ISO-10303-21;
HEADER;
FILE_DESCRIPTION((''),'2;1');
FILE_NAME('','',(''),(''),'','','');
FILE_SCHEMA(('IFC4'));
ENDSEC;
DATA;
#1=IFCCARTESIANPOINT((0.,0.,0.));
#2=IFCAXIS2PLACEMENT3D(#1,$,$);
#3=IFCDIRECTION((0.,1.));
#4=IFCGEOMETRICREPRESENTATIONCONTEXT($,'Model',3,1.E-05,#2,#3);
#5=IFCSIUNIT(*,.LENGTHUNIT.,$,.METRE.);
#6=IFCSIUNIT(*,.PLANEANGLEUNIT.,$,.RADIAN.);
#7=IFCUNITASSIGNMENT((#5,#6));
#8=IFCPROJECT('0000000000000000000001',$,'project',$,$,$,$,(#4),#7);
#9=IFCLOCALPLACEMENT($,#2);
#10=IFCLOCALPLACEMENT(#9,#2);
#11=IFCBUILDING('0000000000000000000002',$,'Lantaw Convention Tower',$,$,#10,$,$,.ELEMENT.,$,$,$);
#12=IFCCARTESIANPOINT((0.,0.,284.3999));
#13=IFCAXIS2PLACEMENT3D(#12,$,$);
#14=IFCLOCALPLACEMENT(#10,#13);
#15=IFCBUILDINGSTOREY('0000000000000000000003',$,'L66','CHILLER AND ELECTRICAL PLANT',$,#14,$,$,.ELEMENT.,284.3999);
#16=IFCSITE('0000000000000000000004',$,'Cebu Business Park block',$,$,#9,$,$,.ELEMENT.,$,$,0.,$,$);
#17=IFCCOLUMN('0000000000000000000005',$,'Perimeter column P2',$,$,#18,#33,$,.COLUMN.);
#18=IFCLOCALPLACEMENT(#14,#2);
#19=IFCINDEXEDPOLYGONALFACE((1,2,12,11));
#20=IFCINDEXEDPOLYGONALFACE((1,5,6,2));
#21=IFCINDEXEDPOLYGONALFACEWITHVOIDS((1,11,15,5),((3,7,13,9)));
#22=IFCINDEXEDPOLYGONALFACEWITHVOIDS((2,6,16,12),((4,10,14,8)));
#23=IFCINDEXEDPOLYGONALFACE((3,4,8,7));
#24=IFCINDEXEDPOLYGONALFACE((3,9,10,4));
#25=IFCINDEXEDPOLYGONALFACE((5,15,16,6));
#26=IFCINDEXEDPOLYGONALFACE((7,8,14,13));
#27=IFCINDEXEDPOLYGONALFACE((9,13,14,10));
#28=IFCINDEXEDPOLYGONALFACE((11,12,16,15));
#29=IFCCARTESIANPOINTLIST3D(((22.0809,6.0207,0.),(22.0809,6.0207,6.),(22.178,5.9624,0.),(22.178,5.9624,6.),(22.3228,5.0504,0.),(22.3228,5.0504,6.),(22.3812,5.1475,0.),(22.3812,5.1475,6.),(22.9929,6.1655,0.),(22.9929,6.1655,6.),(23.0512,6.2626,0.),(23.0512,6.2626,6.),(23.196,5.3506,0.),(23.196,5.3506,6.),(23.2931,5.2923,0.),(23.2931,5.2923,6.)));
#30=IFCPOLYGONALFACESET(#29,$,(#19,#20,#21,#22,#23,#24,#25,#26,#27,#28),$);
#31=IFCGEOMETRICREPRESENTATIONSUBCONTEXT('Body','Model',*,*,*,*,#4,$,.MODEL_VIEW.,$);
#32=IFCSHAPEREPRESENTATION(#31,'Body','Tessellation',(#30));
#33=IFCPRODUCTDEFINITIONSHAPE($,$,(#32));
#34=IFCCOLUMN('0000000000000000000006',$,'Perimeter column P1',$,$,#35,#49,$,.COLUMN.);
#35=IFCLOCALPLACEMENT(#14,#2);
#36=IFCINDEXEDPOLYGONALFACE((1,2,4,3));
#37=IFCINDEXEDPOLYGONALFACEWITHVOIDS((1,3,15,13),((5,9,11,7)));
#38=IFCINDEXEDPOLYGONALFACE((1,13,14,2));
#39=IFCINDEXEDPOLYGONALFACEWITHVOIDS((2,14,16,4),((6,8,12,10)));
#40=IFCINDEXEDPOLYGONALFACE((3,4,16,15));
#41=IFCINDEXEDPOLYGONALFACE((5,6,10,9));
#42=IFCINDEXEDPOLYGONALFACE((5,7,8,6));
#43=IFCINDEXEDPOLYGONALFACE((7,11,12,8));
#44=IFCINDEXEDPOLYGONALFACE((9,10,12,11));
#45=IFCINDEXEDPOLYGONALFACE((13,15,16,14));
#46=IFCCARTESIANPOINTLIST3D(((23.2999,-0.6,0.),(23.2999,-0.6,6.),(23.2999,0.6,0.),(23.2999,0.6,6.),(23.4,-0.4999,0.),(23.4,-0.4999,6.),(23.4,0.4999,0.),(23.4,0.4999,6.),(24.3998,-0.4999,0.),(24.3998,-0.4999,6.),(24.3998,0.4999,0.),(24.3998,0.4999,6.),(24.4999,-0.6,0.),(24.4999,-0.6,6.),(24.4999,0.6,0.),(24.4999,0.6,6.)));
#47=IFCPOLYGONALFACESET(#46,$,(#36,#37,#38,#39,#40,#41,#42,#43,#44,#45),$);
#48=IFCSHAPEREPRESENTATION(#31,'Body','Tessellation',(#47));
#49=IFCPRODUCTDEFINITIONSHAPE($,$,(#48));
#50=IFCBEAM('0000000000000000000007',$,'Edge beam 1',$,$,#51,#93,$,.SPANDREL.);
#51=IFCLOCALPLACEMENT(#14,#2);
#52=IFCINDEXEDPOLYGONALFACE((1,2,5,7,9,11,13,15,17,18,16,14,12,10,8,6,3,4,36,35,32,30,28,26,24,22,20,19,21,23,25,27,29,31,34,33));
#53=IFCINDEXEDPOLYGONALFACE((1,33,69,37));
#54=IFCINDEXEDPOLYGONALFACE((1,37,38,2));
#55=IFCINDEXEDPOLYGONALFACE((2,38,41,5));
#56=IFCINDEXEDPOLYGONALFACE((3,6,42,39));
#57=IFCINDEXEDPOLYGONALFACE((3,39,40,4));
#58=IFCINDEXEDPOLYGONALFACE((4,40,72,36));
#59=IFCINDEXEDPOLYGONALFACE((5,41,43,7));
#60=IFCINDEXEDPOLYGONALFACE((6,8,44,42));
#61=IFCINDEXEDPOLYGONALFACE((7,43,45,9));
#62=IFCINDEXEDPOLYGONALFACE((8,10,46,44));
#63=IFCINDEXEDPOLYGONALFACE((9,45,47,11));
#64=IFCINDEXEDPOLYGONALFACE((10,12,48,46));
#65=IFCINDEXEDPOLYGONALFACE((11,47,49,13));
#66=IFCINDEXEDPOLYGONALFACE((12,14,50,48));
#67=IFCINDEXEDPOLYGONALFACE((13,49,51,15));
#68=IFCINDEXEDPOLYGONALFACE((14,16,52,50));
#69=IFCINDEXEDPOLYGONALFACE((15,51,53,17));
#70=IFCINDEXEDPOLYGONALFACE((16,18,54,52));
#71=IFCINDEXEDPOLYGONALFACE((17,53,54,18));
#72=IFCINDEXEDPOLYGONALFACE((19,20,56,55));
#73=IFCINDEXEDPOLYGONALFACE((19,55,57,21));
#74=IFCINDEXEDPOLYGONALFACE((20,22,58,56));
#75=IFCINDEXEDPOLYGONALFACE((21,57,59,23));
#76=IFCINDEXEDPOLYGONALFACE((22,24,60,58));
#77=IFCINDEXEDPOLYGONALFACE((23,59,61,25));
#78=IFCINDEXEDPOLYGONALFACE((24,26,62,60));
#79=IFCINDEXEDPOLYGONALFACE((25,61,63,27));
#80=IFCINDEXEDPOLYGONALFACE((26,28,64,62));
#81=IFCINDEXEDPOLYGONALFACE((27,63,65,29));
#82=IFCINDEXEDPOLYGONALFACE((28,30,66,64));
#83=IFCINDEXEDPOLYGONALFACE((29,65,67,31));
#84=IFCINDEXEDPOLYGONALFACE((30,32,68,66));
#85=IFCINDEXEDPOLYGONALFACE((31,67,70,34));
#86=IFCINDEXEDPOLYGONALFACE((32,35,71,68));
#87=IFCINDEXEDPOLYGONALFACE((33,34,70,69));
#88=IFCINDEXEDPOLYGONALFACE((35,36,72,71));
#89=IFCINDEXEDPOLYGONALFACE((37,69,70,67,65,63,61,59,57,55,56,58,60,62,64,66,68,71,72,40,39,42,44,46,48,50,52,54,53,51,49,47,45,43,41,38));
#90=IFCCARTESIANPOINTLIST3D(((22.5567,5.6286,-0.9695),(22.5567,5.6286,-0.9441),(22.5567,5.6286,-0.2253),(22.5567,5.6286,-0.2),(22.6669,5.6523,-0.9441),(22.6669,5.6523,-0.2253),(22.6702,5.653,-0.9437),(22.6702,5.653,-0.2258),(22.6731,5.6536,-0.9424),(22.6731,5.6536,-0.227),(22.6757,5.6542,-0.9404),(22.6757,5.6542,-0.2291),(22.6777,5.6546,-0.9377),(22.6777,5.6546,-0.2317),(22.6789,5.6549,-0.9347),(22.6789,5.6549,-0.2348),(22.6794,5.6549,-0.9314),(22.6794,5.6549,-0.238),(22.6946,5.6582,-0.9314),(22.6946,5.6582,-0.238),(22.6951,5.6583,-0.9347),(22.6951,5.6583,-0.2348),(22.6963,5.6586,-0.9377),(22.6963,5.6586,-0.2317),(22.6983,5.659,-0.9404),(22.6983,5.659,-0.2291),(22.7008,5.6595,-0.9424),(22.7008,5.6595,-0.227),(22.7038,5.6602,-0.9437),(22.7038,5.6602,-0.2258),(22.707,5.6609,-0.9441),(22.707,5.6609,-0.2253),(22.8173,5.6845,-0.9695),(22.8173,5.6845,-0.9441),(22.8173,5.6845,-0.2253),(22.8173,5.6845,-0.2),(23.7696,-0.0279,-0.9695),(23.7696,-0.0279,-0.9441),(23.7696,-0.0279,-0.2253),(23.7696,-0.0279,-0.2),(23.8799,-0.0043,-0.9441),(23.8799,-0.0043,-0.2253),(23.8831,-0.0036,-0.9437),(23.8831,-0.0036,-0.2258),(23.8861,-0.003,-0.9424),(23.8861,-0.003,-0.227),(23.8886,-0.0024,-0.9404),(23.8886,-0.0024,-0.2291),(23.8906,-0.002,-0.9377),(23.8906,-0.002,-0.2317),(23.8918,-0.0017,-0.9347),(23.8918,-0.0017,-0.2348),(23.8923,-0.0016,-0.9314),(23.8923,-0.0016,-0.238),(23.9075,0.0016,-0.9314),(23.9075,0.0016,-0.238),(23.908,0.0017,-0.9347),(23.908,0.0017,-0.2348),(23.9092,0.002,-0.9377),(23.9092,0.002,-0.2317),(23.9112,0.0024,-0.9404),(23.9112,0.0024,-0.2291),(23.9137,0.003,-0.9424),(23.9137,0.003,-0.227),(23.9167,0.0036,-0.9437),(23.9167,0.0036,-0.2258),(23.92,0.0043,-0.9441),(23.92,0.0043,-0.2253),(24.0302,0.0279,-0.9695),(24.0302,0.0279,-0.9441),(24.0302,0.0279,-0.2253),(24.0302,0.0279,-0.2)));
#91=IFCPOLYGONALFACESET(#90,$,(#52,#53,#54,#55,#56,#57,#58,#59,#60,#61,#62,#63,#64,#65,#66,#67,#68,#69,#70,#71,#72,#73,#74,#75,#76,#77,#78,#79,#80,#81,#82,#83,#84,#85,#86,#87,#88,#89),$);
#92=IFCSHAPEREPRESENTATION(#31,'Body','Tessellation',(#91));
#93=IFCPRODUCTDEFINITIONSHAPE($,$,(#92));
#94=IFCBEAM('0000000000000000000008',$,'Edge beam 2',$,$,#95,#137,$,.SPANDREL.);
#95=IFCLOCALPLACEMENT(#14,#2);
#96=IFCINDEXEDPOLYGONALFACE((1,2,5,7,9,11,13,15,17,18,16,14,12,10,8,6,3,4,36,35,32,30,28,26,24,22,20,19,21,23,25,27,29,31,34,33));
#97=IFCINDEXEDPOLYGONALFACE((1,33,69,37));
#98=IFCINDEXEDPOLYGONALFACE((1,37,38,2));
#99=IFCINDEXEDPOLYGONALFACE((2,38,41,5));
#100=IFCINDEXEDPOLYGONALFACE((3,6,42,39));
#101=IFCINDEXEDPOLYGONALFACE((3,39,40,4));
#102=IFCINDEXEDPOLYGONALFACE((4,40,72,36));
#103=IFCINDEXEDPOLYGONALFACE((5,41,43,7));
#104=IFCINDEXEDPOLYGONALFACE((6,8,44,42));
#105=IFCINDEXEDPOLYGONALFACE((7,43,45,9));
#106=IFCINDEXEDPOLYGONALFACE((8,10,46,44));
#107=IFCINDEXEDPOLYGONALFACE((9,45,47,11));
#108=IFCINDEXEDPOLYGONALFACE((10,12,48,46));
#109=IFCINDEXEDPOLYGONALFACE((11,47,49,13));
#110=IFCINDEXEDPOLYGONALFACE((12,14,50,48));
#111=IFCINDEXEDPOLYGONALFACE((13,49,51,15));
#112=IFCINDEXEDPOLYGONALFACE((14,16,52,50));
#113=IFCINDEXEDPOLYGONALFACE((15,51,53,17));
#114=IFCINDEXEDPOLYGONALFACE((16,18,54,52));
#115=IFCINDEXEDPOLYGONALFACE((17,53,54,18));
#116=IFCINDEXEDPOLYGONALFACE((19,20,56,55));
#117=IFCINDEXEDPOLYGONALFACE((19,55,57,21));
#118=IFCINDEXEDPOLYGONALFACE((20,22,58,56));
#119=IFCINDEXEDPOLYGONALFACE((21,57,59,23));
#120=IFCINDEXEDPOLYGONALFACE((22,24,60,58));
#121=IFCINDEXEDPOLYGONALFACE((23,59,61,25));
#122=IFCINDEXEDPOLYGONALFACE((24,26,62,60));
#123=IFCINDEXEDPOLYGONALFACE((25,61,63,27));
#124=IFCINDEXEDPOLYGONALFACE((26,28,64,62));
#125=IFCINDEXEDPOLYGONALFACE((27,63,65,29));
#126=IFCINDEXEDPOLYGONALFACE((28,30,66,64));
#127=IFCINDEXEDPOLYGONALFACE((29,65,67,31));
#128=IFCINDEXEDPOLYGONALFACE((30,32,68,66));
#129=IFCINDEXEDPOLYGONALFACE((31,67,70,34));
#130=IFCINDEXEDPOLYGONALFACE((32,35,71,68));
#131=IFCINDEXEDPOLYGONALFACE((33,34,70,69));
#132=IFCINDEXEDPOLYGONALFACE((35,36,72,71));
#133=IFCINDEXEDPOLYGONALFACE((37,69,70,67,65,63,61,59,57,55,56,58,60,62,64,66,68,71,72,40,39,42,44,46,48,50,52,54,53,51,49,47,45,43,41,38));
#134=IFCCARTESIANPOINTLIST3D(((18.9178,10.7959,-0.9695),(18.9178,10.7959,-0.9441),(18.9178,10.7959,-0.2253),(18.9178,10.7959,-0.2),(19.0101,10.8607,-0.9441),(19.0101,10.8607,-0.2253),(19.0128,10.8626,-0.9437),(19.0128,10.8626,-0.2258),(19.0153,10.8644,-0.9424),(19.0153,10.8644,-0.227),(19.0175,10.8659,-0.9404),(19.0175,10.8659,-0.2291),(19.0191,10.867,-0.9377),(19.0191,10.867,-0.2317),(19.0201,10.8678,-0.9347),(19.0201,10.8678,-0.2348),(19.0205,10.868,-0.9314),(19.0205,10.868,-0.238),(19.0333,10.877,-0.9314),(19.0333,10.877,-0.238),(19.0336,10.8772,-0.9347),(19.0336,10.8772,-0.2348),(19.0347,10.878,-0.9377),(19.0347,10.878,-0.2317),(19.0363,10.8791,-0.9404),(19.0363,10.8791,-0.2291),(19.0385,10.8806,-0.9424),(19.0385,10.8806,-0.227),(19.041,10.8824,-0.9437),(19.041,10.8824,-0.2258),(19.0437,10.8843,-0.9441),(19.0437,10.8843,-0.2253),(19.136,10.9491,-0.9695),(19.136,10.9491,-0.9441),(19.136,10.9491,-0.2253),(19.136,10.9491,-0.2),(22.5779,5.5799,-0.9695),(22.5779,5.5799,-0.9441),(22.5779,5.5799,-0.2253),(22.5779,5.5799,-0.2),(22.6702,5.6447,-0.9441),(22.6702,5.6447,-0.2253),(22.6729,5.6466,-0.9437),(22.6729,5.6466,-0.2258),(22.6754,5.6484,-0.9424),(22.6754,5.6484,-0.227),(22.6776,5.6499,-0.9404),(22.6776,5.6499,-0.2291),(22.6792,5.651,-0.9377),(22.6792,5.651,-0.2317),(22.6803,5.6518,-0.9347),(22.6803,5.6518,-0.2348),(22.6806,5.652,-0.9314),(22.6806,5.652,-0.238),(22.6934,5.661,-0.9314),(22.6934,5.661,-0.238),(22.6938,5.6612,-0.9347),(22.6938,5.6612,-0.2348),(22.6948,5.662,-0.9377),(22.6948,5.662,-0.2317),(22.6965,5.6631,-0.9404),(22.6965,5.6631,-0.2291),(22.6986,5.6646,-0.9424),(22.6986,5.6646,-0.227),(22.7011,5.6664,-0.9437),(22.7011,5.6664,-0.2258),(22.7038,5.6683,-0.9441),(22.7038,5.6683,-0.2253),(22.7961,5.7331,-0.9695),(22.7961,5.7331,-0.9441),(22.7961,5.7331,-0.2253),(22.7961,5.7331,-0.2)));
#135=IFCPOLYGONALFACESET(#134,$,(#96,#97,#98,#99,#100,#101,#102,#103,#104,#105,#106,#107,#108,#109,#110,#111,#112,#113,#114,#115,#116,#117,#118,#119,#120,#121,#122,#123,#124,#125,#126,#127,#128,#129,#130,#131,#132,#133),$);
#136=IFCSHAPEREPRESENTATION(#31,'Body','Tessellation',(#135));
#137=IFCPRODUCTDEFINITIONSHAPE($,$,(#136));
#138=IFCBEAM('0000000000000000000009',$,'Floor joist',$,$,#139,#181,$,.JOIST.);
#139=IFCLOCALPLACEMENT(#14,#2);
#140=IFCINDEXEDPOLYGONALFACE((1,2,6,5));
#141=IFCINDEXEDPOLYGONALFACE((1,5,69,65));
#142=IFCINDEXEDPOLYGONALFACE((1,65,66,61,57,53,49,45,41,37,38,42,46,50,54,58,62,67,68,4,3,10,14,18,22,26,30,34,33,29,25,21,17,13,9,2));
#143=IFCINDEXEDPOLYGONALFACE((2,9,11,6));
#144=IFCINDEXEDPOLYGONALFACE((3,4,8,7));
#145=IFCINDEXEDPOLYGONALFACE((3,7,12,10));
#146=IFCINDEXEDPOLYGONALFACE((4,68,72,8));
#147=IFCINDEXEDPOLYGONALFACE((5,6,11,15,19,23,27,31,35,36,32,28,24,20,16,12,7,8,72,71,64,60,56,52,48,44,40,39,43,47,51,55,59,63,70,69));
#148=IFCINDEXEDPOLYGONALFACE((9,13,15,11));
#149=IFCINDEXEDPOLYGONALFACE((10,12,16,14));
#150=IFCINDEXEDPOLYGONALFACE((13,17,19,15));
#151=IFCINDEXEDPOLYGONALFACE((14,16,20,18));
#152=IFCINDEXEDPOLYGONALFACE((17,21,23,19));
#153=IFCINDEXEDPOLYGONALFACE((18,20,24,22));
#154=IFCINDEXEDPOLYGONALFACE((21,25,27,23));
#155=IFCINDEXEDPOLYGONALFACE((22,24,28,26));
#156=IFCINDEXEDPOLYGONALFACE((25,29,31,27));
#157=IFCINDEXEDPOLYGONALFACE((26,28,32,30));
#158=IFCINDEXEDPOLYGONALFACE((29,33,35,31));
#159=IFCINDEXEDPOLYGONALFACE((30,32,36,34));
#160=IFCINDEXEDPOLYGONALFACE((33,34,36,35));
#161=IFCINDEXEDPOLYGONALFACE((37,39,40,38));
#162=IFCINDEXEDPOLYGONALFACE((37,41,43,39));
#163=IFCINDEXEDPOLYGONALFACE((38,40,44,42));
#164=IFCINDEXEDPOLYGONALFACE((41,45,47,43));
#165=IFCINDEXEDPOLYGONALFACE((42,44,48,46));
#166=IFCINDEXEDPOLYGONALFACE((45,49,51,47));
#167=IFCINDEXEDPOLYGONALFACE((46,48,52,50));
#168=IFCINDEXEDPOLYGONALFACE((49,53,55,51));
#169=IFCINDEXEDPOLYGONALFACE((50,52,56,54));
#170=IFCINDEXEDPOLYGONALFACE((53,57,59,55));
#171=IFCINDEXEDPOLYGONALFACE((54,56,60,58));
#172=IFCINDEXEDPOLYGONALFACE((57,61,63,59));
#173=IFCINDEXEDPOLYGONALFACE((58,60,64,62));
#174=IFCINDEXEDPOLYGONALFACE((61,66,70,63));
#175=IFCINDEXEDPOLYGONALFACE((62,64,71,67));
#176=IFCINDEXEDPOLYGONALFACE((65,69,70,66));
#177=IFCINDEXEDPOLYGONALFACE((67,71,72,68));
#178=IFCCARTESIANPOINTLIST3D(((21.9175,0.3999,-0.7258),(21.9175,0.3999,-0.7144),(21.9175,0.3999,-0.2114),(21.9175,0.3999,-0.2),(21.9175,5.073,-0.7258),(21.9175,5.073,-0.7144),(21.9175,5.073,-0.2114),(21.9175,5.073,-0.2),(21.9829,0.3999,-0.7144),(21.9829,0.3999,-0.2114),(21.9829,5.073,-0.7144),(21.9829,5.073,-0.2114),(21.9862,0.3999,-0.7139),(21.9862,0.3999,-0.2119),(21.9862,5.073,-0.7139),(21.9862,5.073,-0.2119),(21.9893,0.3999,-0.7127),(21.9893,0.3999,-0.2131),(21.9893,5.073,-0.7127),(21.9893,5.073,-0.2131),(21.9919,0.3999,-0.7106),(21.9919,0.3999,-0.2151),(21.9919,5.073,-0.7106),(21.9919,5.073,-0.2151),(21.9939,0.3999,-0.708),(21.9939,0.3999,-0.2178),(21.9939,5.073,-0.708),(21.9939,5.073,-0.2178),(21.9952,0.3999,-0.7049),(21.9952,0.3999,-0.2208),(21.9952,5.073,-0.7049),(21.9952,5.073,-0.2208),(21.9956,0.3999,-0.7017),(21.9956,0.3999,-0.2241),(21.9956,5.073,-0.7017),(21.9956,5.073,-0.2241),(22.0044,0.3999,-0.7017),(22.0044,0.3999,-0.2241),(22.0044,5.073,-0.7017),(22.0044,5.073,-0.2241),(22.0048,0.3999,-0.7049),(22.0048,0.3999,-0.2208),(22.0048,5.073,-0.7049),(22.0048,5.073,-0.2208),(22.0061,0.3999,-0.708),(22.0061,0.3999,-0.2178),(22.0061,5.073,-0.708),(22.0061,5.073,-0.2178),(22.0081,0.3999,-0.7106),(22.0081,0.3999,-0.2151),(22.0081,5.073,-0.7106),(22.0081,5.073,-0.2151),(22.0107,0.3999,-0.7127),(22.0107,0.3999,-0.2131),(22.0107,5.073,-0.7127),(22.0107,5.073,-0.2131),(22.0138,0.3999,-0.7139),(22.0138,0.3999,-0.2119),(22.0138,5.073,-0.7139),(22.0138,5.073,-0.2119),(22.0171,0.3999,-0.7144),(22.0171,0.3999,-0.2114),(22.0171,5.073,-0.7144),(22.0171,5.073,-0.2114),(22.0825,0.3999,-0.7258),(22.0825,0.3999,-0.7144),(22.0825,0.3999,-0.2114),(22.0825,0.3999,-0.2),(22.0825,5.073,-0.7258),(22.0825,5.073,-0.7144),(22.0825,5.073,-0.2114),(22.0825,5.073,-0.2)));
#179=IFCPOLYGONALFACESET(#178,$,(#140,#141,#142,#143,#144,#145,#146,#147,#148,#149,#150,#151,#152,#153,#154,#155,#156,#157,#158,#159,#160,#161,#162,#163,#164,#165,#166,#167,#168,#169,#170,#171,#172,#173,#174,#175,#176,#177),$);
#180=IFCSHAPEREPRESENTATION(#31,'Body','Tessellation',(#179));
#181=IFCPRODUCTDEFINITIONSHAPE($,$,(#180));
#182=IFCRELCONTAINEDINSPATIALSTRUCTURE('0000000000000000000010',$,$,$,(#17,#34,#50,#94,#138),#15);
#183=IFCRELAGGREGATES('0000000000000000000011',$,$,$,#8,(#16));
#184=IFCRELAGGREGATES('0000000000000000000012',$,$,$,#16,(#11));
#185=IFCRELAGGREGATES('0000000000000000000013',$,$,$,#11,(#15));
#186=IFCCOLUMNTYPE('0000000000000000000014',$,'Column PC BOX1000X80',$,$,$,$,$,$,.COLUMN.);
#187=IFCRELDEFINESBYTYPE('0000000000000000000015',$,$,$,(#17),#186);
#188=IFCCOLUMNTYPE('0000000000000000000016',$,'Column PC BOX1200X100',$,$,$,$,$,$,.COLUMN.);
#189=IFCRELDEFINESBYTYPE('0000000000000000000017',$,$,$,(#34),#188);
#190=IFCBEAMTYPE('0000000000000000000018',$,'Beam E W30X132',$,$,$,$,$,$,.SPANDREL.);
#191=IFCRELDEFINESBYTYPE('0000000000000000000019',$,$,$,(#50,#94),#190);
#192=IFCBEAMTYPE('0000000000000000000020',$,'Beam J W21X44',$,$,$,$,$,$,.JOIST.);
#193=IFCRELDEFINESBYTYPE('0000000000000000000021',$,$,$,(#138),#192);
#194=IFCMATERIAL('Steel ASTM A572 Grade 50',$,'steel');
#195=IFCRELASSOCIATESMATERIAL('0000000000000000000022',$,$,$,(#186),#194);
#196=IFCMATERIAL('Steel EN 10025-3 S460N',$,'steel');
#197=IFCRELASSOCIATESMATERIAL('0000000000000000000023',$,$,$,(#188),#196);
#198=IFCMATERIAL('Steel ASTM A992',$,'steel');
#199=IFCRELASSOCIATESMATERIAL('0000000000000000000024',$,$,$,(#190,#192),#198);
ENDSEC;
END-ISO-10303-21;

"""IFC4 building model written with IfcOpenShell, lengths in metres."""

from ifc_helpers import new_model, si_unit, direction, frame, origin, origin_2d, place, context, subcontext, project, spatial, rectangle, hollow_rectangle, i_section, extrude, material, material_profile, profile_set, type_object, element, save


model = new_model("IFC4")

# Units and contexts
model_context = context("Model", 3, precision=1e-05, world=origin(), true_north=direction((0.0, 1.0)))
body_context = subcontext(model_context, "Body", "Model", "MODEL_VIEW")
ifc_project = project(units=[si_unit("LENGTHUNIT", "METRE"), si_unit("PLANEANGLEUNIT", "RADIAN")], contexts=[model_context])

# Site, building, storey
site_placement = place(None, origin())
site = spatial("IfcSite", under=ifc_project, at=site_placement, Name="Cebu Business Park block", CompositionType="ELEMENT", RefElevation=0.0)
building_placement = place(site_placement, origin())
building = spatial("IfcBuilding", under=site, at=building_placement, Name="Lantaw Convention Tower", CompositionType="ELEMENT")
storey_placement = place(building_placement, frame((0.0, 0.0, 284.3999)))
storey = spatial("IfcBuildingStorey", under=building, at=storey_placement, Name="L66", Description="CHILLER AND ELECTRICAL PLANT", CompositionType="ELEMENT", Elevation=284.3999)

# Columns
ifc_material_1 = material(Name="Steel ASTM A572 Grade 50", Category="steel")
ifc_material_profile_1 = material_profile(ifc_material_1, hollow_rectangle(XDim=1.0, YDim=1.0, WallThickness=0.0801, at=origin_2d()), Name="BOX1000X80")
ifc_material_2 = material(Name="Concrete C60/75", Category="concrete")
ifc_material_profile_2 = material_profile(ifc_material_2, rectangle(XDim=0.8401, YDim=0.8401, at=origin_2d()), Name="Concrete fill of BOX1000X80")
ifc_profile_set_1 = profile_set([ifc_material_profile_1, ifc_material_profile_2], Name="Steel ASTM A572 Grade 50")
column_type_1 = type_object("IfcColumnType", Name="Column PC BOX1000X80", PredefinedType="COLUMN", material=ifc_profile_set_1)
column_1_placement = place(storey_placement, frame((22.687, 5.6565, 0.0), z_axis=(0.0, 0.0, 1.0), x_axis=(0.970296, 0.241922, 0.0)))
element("IfcColumn", 1, at=column_1_placement, inside=storey, type_object=column_type_1, Name="Perimeter column P2", PredefinedType="COLUMN", context=body_context, shape_type="SweptSolid", body=[
    extrude(hollow_rectangle(XDim=1.0, YDim=1.0, WallThickness=0.0801, at=origin_2d()), origin(), (0.0, 0.0, 1.0), 6.0),
])
ifc_material_3 = material(Name="Steel EN 10025-3 S460N", Category="steel")
ifc_material_profile_3 = material_profile(ifc_material_3, hollow_rectangle(XDim=1.2, YDim=1.2, WallThickness=0.1001, at=origin_2d()), Name="BOX1200X100")
ifc_material_profile_4 = material_profile(ifc_material_2, rectangle(XDim=1.0, YDim=1.0, at=origin_2d()), Name="Concrete fill of BOX1200X100")
ifc_profile_set_2 = profile_set([ifc_material_profile_3, ifc_material_profile_4], Name="Steel EN 10025-3 S460N")
column_type_2 = type_object("IfcColumnType", Name="Column PC BOX1200X100", PredefinedType="COLUMN", material=ifc_profile_set_2)
column_2_placement = place(storey_placement, frame((23.8999, 0.0, 0.0), z_axis=(0.0, 0.0, 1.0), x_axis=(1.0, 0.0, 0.0)))
element("IfcColumn", 2, at=column_2_placement, inside=storey, type_object=column_type_2, Name="Perimeter column P1", PredefinedType="COLUMN", context=body_context, shape_type="SweptSolid", body=[
    extrude(hollow_rectangle(XDim=1.2, YDim=1.2, WallThickness=0.1001, at=origin_2d()), origin(), (0.0, 0.0, 1.0), 6.0),
])

# Beams
ifc_material_4 = material(Name="Steel ASTM A992", Category="steel")
ifc_material_profile_5 = material_profile(ifc_material_4, i_section(OverallWidth=0.2666, OverallDepth=0.7695, WebThickness=0.0156, FlangeThickness=0.0254, FilletRadius=0.0127, at=origin_2d()), Name="W30X132")
ifc_profile_set_3 = profile_set([ifc_material_profile_5], Name="Steel ASTM A992")
beam_type_1 = type_object("IfcBeamType", Name="Beam E W30X132", PredefinedType="SPANDREL", material=ifc_profile_set_3)
beam_1_placement = place(storey_placement, frame((23.8999, 0.0, -0.5847), z_axis=(-0.209659, 0.977775, 0.0), x_axis=(-0.977775, -0.209659, 0.0)))
element("IfcBeam", 3, at=beam_1_placement, inside=storey, type_object=beam_type_1, Name="Edge beam 1", PredefinedType="SPANDREL", context=body_context, shape_type="SweptSolid", body=[
    extrude(i_section(OverallWidth=0.2666, OverallDepth=0.7695, WebThickness=0.0156, FlangeThickness=0.0254, FilletRadius=0.0127, at=origin_2d()), origin(), (0.0, 0.0, 1.0), 5.7852),
])
beam_2_placement = place(storey_placement, frame((22.687, 5.6565, -0.5847), z_axis=(-0.574401, 0.818574, 0.0), x_axis=(-0.818574, -0.574401, 0.0)))
element("IfcBeam", 4, at=beam_2_placement, inside=storey, type_object=beam_type_1, Name="Edge beam 2", PredefinedType="SPANDREL", context=body_context, shape_type="SweptSolid", body=[
    extrude(i_section(OverallWidth=0.2666, OverallDepth=0.7695, WebThickness=0.0156, FlangeThickness=0.0254, FilletRadius=0.0127, at=origin_2d()), origin(), (0.0, 0.0, 1.0), 6.3721),
])
ifc_material_profile_6 = material_profile(ifc_material_4, i_section(OverallWidth=0.165, OverallDepth=0.5259, WebThickness=0.0088, FlangeThickness=0.0115, FilletRadius=0.0127, at=origin_2d()), Name="W21X44")
ifc_profile_set_4 = profile_set([ifc_material_profile_6], Name="Steel ASTM A992")
beam_type_2 = type_object("IfcBeamType", Name="Beam J W21X44", PredefinedType="JOIST", material=ifc_profile_set_4)
beam_3_placement = place(storey_placement, frame((22.0, 0.3999, -0.4629), z_axis=(0.0, 1.0, 0.0), x_axis=(-1.0, 0.0, 0.0)))
element("IfcBeam", 5, at=beam_3_placement, inside=storey, type_object=beam_type_2, Name="Floor joist", PredefinedType="JOIST", context=body_context, shape_type="SweptSolid", body=[
    extrude(i_section(OverallWidth=0.165, OverallDepth=0.5259, WebThickness=0.0088, FlangeThickness=0.0115, FilletRadius=0.0127, at=origin_2d()), origin(), (0.0, 0.0, 1.0), 4.6731),
])

save(model, "model.ifc")
